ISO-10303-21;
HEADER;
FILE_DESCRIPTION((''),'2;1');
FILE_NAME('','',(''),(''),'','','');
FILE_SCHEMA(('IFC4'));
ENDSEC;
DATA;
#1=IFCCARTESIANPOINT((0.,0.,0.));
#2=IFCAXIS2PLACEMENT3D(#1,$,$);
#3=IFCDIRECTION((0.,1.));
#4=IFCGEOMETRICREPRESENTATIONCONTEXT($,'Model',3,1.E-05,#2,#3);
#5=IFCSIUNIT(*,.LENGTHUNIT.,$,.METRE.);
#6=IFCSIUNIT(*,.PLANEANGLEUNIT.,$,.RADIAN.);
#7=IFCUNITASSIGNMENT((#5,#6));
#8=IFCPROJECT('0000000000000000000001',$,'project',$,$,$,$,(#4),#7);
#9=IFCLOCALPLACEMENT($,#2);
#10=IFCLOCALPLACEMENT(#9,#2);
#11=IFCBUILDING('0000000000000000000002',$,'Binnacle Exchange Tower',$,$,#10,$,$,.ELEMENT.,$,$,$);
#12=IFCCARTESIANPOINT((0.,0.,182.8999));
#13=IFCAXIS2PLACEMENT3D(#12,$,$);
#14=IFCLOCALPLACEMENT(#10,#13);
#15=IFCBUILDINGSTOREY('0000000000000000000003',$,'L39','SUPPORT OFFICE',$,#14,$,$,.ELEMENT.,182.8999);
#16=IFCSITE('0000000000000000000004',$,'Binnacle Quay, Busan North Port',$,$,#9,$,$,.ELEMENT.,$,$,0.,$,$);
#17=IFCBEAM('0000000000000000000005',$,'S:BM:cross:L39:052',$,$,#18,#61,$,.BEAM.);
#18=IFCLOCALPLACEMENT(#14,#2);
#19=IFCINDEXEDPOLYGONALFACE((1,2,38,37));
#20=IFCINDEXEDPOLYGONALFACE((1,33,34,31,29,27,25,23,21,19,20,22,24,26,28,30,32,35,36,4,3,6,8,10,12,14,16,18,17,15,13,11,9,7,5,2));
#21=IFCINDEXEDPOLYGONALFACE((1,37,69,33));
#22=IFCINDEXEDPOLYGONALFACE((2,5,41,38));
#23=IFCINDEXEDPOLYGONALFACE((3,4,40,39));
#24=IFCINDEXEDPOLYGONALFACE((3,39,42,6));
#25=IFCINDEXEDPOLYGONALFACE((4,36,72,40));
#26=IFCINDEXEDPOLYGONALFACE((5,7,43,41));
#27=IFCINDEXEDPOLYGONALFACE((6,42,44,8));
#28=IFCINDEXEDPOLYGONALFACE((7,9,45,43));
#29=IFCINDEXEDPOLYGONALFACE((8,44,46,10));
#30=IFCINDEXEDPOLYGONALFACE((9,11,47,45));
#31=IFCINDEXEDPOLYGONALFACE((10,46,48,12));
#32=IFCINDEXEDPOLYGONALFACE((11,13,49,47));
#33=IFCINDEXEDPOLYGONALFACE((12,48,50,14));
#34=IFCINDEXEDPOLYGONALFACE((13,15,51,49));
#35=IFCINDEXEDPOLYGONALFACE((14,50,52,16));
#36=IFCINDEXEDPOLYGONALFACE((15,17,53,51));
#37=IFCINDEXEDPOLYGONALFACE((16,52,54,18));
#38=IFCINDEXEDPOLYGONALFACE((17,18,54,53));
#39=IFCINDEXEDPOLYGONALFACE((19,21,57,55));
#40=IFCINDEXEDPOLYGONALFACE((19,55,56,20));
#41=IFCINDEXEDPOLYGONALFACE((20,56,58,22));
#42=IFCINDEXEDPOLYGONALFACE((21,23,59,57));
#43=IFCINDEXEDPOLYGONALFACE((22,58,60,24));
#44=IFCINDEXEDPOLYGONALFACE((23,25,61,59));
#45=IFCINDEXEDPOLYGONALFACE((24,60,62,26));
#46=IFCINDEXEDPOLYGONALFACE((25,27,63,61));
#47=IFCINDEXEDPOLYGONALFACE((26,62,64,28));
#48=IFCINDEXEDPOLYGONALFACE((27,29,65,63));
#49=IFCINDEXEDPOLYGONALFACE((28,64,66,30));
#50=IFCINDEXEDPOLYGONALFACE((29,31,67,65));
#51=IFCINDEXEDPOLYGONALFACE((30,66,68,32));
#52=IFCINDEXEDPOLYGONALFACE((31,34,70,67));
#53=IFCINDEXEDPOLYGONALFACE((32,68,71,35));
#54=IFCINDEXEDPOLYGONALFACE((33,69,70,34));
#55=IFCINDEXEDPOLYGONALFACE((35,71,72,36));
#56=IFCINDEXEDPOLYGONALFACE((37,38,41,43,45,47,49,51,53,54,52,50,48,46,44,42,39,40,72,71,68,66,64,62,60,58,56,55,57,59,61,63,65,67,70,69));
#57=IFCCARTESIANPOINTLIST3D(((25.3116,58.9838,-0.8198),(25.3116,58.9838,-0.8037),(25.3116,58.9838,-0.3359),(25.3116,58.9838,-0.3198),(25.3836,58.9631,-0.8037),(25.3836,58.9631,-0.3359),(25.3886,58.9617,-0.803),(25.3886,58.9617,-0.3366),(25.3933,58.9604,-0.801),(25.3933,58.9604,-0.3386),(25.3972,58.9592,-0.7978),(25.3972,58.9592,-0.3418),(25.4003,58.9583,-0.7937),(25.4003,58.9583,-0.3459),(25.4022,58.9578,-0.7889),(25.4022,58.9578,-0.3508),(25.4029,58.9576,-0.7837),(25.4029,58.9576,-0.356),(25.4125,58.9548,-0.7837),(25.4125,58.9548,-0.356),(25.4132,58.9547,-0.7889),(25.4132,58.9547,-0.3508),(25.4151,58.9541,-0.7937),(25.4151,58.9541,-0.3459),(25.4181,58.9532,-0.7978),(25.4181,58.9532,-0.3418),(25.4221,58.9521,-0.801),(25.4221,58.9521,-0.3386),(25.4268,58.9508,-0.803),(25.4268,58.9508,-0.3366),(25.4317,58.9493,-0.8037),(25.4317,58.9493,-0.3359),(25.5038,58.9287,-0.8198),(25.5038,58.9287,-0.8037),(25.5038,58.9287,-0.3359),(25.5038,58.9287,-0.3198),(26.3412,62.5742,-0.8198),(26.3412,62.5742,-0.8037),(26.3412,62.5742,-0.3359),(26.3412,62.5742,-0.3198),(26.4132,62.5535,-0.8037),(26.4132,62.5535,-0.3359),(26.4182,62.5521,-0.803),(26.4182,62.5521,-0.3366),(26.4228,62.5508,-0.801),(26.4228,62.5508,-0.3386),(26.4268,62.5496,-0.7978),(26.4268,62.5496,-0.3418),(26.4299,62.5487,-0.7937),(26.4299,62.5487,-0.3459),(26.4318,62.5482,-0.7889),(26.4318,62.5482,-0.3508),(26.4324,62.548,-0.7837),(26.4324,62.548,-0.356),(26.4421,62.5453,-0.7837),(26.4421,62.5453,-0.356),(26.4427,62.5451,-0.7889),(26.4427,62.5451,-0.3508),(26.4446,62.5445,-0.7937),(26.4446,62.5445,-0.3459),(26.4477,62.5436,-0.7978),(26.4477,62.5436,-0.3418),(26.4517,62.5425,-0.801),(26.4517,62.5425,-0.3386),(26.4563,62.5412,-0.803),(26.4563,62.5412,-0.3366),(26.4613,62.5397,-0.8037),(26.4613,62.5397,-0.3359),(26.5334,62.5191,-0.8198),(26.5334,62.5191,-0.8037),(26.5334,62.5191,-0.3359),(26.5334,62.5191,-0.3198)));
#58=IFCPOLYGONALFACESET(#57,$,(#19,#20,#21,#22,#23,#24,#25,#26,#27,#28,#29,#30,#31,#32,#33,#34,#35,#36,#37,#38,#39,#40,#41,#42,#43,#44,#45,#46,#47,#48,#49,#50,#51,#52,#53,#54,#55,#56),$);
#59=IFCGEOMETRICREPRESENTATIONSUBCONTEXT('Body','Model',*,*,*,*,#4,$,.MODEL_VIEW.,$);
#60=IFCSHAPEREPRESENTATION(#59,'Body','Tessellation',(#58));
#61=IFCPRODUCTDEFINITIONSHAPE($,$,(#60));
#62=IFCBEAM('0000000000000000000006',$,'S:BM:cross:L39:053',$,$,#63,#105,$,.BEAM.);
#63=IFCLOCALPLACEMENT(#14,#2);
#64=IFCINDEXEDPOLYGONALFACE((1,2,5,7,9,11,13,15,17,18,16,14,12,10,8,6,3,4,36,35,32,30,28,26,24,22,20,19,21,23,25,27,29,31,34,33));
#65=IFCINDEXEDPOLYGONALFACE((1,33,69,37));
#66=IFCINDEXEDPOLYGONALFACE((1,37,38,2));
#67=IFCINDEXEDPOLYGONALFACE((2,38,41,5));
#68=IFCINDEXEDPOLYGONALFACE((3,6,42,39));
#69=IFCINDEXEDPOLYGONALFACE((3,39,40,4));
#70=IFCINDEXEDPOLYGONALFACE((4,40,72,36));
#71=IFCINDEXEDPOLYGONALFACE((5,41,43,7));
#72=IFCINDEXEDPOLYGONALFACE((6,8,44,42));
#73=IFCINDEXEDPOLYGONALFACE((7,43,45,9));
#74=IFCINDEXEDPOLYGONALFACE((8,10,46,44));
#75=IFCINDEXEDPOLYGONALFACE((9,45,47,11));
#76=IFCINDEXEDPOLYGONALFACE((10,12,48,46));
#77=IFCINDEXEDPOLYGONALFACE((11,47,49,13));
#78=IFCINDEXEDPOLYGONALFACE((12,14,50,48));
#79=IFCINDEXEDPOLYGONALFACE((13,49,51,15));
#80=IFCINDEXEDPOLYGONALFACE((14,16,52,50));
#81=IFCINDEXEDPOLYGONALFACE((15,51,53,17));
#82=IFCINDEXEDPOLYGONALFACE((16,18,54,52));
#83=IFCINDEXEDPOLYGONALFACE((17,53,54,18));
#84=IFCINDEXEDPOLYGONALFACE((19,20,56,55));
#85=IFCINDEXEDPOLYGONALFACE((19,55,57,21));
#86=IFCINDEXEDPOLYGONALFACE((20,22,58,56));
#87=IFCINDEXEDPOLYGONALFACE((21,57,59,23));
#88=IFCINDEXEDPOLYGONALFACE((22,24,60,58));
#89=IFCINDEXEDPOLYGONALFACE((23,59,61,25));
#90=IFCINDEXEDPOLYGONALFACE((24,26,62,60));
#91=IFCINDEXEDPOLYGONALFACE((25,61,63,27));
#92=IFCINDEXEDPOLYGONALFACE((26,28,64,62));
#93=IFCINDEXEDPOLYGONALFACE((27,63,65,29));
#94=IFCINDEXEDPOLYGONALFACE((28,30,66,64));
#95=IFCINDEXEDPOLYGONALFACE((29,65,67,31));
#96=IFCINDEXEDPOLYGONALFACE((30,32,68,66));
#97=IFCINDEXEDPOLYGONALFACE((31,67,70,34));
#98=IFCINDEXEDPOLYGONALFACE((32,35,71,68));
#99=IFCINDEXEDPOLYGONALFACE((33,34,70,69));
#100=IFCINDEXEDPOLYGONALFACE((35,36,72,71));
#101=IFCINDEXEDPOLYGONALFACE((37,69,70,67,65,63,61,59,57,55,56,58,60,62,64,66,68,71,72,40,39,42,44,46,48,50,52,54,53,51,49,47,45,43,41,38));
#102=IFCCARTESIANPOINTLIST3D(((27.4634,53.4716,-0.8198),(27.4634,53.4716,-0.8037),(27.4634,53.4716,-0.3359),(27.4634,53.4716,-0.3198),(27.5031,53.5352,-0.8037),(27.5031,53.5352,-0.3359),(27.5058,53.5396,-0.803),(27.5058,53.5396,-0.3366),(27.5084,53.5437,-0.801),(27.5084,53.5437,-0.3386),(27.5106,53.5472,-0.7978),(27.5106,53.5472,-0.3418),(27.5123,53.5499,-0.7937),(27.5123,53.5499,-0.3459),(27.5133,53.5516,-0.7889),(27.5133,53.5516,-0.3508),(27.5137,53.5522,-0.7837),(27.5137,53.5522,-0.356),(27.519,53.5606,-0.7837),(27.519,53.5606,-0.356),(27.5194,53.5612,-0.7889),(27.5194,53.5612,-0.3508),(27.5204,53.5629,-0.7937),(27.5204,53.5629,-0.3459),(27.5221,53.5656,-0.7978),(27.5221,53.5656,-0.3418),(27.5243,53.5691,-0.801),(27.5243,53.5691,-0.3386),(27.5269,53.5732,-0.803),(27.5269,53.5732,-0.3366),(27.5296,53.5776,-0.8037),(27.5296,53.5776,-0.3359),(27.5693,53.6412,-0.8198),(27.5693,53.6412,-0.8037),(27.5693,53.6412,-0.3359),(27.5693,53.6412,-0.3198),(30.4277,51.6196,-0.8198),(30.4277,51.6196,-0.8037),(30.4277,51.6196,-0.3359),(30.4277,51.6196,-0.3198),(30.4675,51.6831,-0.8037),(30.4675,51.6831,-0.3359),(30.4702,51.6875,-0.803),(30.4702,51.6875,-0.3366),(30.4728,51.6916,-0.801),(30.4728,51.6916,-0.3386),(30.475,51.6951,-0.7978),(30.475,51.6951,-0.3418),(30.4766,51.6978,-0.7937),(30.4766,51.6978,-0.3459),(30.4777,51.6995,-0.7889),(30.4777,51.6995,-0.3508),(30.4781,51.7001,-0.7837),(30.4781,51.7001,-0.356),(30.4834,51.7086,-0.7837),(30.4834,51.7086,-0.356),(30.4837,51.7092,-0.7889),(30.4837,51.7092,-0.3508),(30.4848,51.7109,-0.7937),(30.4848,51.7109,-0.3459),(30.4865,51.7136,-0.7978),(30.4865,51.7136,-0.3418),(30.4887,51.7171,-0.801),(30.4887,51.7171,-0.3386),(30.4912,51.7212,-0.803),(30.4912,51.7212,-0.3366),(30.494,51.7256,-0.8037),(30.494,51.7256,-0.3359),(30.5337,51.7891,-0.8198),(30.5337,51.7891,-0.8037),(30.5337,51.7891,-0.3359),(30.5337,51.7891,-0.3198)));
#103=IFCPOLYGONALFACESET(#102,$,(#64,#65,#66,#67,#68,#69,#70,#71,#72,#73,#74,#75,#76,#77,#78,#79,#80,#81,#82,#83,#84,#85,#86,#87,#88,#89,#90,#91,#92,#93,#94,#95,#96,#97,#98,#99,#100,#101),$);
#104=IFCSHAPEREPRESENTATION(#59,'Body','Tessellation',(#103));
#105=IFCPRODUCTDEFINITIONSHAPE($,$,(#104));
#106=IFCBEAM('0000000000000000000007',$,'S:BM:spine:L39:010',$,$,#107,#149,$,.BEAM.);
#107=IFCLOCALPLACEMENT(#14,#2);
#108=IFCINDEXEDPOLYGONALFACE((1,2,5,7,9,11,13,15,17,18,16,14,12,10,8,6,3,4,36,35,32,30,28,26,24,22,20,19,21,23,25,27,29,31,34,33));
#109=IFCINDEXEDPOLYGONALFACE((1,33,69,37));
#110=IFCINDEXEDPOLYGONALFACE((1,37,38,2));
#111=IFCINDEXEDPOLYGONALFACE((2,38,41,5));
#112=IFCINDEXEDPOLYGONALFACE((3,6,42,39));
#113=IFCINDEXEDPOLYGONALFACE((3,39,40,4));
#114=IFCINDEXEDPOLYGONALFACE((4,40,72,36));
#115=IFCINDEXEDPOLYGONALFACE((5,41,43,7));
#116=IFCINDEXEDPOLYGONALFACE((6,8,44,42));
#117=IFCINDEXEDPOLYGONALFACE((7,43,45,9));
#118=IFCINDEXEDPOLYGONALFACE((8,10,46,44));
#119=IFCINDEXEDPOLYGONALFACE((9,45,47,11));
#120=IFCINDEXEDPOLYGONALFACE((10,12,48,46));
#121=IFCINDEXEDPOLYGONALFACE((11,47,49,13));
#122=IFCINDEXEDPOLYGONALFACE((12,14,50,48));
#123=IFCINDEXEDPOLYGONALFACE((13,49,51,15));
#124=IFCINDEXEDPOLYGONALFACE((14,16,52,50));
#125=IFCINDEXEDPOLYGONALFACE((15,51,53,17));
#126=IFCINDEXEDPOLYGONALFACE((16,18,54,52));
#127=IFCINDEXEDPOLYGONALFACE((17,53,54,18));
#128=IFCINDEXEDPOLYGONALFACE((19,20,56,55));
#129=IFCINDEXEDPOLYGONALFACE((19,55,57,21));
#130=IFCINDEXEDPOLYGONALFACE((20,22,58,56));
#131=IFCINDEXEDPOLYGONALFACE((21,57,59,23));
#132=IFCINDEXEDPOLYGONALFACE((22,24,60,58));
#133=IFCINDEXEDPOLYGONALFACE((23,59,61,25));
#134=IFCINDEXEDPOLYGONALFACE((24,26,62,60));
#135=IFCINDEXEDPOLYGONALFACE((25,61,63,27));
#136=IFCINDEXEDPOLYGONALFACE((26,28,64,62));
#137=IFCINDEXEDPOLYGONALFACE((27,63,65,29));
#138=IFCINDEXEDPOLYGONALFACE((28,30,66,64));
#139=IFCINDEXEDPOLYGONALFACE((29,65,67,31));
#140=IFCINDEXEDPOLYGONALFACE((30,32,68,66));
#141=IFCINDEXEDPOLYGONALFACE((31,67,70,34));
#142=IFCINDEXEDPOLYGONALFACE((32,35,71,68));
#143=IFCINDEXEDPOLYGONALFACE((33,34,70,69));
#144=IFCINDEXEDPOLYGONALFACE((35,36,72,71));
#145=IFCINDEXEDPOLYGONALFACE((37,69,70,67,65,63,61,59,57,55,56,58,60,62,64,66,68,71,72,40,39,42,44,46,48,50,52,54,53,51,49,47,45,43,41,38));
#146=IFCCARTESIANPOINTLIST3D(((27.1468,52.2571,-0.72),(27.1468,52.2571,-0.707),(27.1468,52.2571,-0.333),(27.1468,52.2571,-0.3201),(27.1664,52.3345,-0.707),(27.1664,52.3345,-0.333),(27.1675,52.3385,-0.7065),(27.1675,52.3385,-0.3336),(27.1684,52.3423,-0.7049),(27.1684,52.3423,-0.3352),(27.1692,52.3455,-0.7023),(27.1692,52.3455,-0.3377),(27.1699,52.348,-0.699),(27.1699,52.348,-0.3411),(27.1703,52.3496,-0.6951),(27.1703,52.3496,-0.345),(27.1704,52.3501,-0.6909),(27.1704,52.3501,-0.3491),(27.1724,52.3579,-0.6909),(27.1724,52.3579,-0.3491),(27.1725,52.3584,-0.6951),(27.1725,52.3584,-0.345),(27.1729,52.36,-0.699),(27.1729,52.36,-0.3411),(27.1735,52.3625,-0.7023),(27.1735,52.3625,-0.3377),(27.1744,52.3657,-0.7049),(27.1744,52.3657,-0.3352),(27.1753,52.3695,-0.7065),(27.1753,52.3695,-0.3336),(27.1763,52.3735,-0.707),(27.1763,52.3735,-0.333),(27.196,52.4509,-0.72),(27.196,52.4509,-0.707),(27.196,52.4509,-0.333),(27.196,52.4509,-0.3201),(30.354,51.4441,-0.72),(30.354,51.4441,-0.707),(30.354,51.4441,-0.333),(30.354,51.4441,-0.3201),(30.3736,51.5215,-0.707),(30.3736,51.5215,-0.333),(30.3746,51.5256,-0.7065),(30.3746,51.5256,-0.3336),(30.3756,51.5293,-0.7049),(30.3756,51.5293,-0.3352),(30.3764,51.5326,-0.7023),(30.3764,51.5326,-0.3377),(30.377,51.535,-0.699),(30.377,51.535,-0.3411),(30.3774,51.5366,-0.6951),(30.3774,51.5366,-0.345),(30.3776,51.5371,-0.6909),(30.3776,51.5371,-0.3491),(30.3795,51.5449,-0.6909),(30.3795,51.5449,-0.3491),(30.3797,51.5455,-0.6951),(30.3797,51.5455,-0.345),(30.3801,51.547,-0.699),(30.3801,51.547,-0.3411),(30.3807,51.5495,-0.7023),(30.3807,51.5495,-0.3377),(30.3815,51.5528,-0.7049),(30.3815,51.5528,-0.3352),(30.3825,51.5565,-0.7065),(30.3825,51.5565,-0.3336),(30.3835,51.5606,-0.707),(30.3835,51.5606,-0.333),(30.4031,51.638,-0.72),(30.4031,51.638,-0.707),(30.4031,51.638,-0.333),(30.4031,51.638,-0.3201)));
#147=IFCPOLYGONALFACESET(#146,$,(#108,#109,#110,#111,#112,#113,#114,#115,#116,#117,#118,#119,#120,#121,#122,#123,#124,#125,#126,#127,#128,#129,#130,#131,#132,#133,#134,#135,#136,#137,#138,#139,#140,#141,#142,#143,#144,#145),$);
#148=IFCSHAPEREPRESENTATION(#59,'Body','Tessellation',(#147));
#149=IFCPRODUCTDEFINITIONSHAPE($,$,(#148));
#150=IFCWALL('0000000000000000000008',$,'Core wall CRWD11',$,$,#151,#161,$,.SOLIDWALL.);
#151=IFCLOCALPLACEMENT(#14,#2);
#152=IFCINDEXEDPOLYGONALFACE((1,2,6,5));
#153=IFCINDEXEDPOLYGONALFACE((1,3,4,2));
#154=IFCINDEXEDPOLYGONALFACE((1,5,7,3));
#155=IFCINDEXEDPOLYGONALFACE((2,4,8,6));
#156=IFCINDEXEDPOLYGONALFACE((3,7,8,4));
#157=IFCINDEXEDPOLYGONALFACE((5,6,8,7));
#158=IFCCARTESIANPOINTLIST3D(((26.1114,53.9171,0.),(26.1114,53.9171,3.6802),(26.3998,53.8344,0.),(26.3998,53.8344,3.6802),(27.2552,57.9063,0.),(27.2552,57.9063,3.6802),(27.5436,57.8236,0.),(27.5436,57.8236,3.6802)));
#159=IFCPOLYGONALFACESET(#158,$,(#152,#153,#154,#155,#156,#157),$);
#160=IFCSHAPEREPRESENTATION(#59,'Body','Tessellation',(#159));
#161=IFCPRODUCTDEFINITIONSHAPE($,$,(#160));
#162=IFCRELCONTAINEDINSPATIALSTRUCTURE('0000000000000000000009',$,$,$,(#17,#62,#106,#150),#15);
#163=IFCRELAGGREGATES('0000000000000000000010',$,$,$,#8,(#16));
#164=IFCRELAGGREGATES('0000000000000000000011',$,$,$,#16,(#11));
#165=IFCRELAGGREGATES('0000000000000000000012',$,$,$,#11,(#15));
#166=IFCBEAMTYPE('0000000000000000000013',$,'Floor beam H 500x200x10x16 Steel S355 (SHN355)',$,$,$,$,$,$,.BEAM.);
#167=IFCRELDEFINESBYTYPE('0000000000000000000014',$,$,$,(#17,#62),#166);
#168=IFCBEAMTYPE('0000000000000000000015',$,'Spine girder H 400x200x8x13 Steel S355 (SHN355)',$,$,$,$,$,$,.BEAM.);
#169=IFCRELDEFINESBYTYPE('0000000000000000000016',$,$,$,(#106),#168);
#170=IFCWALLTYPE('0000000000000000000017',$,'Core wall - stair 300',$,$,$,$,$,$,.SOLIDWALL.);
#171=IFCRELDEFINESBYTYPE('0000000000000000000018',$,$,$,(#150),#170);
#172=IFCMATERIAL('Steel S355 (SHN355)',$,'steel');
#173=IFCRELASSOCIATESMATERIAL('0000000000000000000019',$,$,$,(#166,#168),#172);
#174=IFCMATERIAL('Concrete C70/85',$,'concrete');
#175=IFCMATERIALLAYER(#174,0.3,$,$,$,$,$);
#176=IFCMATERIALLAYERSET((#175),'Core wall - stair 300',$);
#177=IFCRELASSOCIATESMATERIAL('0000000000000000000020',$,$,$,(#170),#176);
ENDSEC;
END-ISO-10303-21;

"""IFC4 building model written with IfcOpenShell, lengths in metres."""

from ifc_helpers import new_model, si_unit, direction, frame, frame_2d, origin, origin_2d, place, context, subcontext, project, spatial, rectangle, i_section, extrude, material, layer, layer_set, material_profile, profile_set, type_object, element, save


model = new_model("IFC4")

# Units and contexts
model_context = context("Model", 3, precision=1e-05, world=origin(), true_north=direction((0.0, 1.0)))
body_context = subcontext(model_context, "Body", "Model", "MODEL_VIEW")
ifc_project = project(units=[si_unit("LENGTHUNIT", "METRE"), si_unit("PLANEANGLEUNIT", "RADIAN")], contexts=[model_context])

# Site, building, storey
site_placement = place(None, origin())
site = spatial("IfcSite", under=ifc_project, at=site_placement, Name="Binnacle Quay, Busan North Port", CompositionType="ELEMENT", RefElevation=0.0)
building_placement = place(site_placement, origin())
building = spatial("IfcBuilding", under=site, at=building_placement, Name="Binnacle Exchange Tower", CompositionType="ELEMENT")
storey_placement = place(building_placement, frame((0.0, 0.0, 182.8999)))
storey = spatial("IfcBuildingStorey", under=building, at=storey_placement, Name="L39", Description="SUPPORT OFFICE", CompositionType="ELEMENT", Elevation=182.8999)

# Shared definitions
ifc_material_1 = material(Name="Concrete C70/85", Category="concrete")

# Beams
ifc_material_2 = material(Name="Steel S355 (SHN355)", Category="steel")
ifc_material_profile_1 = material_profile(ifc_material_2, i_section(OverallWidth=0.2, OverallDepth=0.5, WebThickness=0.01, FlangeThickness=0.0161, FilletRadius=0.02, at=origin_2d()), Name="H 500x200x10x16")
ifc_profile_set_1 = profile_set([ifc_material_profile_1], Name="Steel S355 (SHN355)")
beam_type_1 = type_object("IfcBeamType", Name="Floor beam H 500x200x10x16 Steel S355 (SHN355)", PredefinedType="BEAM", material=ifc_profile_set_1)
beam_1_placement = place(storey_placement, frame((26.4373, 62.5466, -0.5698), z_axis=(-0.275645, -0.96126, 0.0), x_axis=(0.96126, -0.275645, 0.0)))
element("IfcBeam", 1, at=beam_1_placement, inside=storey, type_object=beam_type_1, Name="S:BM:cross:L39:052", PredefinedType="BEAM", context=body_context, shape_type="SweptSolid", body=[
    extrude(i_section(OverallWidth=0.2, OverallDepth=0.5, WebThickness=0.01, FlangeThickness=0.0161, FilletRadius=0.02, at=origin_2d()), origin(), (0.0, 0.0, 1.0), 3.7351),
])
beam_2_placement = place(storey_placement, frame((30.4807, 51.7043, -0.5698), z_axis=(-0.848085, 0.529861, 0.0), x_axis=(-0.529861, -0.848085, 0.0)))
element("IfcBeam", 2, at=beam_2_placement, inside=storey, type_object=beam_type_1, Name="S:BM:cross:L39:053", PredefinedType="BEAM", context=body_context, shape_type="SweptSolid", body=[
    extrude(i_section(OverallWidth=0.2, OverallDepth=0.5, WebThickness=0.01, FlangeThickness=0.0161, FilletRadius=0.02, at=origin_2d()), origin(), (0.0, 0.0, 1.0), 3.4954),
])
ifc_material_profile_2 = material_profile(ifc_material_2, i_section(OverallWidth=0.2, OverallDepth=0.3999, WebThickness=0.0081, FlangeThickness=0.0129, FilletRadius=0.0161, at=origin_2d()), Name="H 400x200x8x13")
ifc_profile_set_2 = profile_set([ifc_material_profile_2], Name="Steel S355 (SHN355)")
beam_type_2 = type_object("IfcBeamType", Name="Spine girder H 400x200x8x13 Steel S355 (SHN355)", PredefinedType="BEAM", material=ifc_profile_set_2)
beam_3_placement = place(storey_placement, frame((27.1714, 52.354, -0.52), z_axis=(0.969343, -0.245712, 0.0), x_axis=(0.245712, 0.969343, 0.0)))
element("IfcBeam", 3, at=beam_3_placement, inside=storey, type_object=beam_type_2, Name="S:BM:spine:L39:010", PredefinedType="BEAM", context=body_context, shape_type="SweptSolid", body=[
    extrude(i_section(OverallWidth=0.2, OverallDepth=0.3999, WebThickness=0.0081, FlangeThickness=0.0129, FilletRadius=0.0161, at=origin_2d()), origin(), (0.0, 0.0, 1.0), 3.3086),
])

# Wall
ifc_layer_1 = layer(ifc_material_1, 0.3)
ifc_layer_set_1 = layer_set([ifc_layer_1], Name="Core wall - stair 300")
wall_type_1 = type_object("IfcWallType", Name="Core wall - stair 300", PredefinedType="SOLIDWALL", material=ifc_layer_set_1)
wall_1_placement = place(storey_placement, frame((26.2556, 53.8757, 0.0), z_axis=(0.0, 0.0, 1.0), x_axis=(0.275615, 0.961268, 0.0)))
element("IfcWall", 4, at=wall_1_placement, inside=storey, type_object=wall_type_1, Name="Core wall CRWD11", PredefinedType="SOLIDWALL", context=body_context, shape_type="SweptSolid", body=[
    extrude(rectangle(XDim=4.1499, YDim=0.3, at=frame_2d((2.075, 0.0))), origin(), (0.0, 0.0, 1.0), 3.6802),
])

save(model, "model.ifc")
